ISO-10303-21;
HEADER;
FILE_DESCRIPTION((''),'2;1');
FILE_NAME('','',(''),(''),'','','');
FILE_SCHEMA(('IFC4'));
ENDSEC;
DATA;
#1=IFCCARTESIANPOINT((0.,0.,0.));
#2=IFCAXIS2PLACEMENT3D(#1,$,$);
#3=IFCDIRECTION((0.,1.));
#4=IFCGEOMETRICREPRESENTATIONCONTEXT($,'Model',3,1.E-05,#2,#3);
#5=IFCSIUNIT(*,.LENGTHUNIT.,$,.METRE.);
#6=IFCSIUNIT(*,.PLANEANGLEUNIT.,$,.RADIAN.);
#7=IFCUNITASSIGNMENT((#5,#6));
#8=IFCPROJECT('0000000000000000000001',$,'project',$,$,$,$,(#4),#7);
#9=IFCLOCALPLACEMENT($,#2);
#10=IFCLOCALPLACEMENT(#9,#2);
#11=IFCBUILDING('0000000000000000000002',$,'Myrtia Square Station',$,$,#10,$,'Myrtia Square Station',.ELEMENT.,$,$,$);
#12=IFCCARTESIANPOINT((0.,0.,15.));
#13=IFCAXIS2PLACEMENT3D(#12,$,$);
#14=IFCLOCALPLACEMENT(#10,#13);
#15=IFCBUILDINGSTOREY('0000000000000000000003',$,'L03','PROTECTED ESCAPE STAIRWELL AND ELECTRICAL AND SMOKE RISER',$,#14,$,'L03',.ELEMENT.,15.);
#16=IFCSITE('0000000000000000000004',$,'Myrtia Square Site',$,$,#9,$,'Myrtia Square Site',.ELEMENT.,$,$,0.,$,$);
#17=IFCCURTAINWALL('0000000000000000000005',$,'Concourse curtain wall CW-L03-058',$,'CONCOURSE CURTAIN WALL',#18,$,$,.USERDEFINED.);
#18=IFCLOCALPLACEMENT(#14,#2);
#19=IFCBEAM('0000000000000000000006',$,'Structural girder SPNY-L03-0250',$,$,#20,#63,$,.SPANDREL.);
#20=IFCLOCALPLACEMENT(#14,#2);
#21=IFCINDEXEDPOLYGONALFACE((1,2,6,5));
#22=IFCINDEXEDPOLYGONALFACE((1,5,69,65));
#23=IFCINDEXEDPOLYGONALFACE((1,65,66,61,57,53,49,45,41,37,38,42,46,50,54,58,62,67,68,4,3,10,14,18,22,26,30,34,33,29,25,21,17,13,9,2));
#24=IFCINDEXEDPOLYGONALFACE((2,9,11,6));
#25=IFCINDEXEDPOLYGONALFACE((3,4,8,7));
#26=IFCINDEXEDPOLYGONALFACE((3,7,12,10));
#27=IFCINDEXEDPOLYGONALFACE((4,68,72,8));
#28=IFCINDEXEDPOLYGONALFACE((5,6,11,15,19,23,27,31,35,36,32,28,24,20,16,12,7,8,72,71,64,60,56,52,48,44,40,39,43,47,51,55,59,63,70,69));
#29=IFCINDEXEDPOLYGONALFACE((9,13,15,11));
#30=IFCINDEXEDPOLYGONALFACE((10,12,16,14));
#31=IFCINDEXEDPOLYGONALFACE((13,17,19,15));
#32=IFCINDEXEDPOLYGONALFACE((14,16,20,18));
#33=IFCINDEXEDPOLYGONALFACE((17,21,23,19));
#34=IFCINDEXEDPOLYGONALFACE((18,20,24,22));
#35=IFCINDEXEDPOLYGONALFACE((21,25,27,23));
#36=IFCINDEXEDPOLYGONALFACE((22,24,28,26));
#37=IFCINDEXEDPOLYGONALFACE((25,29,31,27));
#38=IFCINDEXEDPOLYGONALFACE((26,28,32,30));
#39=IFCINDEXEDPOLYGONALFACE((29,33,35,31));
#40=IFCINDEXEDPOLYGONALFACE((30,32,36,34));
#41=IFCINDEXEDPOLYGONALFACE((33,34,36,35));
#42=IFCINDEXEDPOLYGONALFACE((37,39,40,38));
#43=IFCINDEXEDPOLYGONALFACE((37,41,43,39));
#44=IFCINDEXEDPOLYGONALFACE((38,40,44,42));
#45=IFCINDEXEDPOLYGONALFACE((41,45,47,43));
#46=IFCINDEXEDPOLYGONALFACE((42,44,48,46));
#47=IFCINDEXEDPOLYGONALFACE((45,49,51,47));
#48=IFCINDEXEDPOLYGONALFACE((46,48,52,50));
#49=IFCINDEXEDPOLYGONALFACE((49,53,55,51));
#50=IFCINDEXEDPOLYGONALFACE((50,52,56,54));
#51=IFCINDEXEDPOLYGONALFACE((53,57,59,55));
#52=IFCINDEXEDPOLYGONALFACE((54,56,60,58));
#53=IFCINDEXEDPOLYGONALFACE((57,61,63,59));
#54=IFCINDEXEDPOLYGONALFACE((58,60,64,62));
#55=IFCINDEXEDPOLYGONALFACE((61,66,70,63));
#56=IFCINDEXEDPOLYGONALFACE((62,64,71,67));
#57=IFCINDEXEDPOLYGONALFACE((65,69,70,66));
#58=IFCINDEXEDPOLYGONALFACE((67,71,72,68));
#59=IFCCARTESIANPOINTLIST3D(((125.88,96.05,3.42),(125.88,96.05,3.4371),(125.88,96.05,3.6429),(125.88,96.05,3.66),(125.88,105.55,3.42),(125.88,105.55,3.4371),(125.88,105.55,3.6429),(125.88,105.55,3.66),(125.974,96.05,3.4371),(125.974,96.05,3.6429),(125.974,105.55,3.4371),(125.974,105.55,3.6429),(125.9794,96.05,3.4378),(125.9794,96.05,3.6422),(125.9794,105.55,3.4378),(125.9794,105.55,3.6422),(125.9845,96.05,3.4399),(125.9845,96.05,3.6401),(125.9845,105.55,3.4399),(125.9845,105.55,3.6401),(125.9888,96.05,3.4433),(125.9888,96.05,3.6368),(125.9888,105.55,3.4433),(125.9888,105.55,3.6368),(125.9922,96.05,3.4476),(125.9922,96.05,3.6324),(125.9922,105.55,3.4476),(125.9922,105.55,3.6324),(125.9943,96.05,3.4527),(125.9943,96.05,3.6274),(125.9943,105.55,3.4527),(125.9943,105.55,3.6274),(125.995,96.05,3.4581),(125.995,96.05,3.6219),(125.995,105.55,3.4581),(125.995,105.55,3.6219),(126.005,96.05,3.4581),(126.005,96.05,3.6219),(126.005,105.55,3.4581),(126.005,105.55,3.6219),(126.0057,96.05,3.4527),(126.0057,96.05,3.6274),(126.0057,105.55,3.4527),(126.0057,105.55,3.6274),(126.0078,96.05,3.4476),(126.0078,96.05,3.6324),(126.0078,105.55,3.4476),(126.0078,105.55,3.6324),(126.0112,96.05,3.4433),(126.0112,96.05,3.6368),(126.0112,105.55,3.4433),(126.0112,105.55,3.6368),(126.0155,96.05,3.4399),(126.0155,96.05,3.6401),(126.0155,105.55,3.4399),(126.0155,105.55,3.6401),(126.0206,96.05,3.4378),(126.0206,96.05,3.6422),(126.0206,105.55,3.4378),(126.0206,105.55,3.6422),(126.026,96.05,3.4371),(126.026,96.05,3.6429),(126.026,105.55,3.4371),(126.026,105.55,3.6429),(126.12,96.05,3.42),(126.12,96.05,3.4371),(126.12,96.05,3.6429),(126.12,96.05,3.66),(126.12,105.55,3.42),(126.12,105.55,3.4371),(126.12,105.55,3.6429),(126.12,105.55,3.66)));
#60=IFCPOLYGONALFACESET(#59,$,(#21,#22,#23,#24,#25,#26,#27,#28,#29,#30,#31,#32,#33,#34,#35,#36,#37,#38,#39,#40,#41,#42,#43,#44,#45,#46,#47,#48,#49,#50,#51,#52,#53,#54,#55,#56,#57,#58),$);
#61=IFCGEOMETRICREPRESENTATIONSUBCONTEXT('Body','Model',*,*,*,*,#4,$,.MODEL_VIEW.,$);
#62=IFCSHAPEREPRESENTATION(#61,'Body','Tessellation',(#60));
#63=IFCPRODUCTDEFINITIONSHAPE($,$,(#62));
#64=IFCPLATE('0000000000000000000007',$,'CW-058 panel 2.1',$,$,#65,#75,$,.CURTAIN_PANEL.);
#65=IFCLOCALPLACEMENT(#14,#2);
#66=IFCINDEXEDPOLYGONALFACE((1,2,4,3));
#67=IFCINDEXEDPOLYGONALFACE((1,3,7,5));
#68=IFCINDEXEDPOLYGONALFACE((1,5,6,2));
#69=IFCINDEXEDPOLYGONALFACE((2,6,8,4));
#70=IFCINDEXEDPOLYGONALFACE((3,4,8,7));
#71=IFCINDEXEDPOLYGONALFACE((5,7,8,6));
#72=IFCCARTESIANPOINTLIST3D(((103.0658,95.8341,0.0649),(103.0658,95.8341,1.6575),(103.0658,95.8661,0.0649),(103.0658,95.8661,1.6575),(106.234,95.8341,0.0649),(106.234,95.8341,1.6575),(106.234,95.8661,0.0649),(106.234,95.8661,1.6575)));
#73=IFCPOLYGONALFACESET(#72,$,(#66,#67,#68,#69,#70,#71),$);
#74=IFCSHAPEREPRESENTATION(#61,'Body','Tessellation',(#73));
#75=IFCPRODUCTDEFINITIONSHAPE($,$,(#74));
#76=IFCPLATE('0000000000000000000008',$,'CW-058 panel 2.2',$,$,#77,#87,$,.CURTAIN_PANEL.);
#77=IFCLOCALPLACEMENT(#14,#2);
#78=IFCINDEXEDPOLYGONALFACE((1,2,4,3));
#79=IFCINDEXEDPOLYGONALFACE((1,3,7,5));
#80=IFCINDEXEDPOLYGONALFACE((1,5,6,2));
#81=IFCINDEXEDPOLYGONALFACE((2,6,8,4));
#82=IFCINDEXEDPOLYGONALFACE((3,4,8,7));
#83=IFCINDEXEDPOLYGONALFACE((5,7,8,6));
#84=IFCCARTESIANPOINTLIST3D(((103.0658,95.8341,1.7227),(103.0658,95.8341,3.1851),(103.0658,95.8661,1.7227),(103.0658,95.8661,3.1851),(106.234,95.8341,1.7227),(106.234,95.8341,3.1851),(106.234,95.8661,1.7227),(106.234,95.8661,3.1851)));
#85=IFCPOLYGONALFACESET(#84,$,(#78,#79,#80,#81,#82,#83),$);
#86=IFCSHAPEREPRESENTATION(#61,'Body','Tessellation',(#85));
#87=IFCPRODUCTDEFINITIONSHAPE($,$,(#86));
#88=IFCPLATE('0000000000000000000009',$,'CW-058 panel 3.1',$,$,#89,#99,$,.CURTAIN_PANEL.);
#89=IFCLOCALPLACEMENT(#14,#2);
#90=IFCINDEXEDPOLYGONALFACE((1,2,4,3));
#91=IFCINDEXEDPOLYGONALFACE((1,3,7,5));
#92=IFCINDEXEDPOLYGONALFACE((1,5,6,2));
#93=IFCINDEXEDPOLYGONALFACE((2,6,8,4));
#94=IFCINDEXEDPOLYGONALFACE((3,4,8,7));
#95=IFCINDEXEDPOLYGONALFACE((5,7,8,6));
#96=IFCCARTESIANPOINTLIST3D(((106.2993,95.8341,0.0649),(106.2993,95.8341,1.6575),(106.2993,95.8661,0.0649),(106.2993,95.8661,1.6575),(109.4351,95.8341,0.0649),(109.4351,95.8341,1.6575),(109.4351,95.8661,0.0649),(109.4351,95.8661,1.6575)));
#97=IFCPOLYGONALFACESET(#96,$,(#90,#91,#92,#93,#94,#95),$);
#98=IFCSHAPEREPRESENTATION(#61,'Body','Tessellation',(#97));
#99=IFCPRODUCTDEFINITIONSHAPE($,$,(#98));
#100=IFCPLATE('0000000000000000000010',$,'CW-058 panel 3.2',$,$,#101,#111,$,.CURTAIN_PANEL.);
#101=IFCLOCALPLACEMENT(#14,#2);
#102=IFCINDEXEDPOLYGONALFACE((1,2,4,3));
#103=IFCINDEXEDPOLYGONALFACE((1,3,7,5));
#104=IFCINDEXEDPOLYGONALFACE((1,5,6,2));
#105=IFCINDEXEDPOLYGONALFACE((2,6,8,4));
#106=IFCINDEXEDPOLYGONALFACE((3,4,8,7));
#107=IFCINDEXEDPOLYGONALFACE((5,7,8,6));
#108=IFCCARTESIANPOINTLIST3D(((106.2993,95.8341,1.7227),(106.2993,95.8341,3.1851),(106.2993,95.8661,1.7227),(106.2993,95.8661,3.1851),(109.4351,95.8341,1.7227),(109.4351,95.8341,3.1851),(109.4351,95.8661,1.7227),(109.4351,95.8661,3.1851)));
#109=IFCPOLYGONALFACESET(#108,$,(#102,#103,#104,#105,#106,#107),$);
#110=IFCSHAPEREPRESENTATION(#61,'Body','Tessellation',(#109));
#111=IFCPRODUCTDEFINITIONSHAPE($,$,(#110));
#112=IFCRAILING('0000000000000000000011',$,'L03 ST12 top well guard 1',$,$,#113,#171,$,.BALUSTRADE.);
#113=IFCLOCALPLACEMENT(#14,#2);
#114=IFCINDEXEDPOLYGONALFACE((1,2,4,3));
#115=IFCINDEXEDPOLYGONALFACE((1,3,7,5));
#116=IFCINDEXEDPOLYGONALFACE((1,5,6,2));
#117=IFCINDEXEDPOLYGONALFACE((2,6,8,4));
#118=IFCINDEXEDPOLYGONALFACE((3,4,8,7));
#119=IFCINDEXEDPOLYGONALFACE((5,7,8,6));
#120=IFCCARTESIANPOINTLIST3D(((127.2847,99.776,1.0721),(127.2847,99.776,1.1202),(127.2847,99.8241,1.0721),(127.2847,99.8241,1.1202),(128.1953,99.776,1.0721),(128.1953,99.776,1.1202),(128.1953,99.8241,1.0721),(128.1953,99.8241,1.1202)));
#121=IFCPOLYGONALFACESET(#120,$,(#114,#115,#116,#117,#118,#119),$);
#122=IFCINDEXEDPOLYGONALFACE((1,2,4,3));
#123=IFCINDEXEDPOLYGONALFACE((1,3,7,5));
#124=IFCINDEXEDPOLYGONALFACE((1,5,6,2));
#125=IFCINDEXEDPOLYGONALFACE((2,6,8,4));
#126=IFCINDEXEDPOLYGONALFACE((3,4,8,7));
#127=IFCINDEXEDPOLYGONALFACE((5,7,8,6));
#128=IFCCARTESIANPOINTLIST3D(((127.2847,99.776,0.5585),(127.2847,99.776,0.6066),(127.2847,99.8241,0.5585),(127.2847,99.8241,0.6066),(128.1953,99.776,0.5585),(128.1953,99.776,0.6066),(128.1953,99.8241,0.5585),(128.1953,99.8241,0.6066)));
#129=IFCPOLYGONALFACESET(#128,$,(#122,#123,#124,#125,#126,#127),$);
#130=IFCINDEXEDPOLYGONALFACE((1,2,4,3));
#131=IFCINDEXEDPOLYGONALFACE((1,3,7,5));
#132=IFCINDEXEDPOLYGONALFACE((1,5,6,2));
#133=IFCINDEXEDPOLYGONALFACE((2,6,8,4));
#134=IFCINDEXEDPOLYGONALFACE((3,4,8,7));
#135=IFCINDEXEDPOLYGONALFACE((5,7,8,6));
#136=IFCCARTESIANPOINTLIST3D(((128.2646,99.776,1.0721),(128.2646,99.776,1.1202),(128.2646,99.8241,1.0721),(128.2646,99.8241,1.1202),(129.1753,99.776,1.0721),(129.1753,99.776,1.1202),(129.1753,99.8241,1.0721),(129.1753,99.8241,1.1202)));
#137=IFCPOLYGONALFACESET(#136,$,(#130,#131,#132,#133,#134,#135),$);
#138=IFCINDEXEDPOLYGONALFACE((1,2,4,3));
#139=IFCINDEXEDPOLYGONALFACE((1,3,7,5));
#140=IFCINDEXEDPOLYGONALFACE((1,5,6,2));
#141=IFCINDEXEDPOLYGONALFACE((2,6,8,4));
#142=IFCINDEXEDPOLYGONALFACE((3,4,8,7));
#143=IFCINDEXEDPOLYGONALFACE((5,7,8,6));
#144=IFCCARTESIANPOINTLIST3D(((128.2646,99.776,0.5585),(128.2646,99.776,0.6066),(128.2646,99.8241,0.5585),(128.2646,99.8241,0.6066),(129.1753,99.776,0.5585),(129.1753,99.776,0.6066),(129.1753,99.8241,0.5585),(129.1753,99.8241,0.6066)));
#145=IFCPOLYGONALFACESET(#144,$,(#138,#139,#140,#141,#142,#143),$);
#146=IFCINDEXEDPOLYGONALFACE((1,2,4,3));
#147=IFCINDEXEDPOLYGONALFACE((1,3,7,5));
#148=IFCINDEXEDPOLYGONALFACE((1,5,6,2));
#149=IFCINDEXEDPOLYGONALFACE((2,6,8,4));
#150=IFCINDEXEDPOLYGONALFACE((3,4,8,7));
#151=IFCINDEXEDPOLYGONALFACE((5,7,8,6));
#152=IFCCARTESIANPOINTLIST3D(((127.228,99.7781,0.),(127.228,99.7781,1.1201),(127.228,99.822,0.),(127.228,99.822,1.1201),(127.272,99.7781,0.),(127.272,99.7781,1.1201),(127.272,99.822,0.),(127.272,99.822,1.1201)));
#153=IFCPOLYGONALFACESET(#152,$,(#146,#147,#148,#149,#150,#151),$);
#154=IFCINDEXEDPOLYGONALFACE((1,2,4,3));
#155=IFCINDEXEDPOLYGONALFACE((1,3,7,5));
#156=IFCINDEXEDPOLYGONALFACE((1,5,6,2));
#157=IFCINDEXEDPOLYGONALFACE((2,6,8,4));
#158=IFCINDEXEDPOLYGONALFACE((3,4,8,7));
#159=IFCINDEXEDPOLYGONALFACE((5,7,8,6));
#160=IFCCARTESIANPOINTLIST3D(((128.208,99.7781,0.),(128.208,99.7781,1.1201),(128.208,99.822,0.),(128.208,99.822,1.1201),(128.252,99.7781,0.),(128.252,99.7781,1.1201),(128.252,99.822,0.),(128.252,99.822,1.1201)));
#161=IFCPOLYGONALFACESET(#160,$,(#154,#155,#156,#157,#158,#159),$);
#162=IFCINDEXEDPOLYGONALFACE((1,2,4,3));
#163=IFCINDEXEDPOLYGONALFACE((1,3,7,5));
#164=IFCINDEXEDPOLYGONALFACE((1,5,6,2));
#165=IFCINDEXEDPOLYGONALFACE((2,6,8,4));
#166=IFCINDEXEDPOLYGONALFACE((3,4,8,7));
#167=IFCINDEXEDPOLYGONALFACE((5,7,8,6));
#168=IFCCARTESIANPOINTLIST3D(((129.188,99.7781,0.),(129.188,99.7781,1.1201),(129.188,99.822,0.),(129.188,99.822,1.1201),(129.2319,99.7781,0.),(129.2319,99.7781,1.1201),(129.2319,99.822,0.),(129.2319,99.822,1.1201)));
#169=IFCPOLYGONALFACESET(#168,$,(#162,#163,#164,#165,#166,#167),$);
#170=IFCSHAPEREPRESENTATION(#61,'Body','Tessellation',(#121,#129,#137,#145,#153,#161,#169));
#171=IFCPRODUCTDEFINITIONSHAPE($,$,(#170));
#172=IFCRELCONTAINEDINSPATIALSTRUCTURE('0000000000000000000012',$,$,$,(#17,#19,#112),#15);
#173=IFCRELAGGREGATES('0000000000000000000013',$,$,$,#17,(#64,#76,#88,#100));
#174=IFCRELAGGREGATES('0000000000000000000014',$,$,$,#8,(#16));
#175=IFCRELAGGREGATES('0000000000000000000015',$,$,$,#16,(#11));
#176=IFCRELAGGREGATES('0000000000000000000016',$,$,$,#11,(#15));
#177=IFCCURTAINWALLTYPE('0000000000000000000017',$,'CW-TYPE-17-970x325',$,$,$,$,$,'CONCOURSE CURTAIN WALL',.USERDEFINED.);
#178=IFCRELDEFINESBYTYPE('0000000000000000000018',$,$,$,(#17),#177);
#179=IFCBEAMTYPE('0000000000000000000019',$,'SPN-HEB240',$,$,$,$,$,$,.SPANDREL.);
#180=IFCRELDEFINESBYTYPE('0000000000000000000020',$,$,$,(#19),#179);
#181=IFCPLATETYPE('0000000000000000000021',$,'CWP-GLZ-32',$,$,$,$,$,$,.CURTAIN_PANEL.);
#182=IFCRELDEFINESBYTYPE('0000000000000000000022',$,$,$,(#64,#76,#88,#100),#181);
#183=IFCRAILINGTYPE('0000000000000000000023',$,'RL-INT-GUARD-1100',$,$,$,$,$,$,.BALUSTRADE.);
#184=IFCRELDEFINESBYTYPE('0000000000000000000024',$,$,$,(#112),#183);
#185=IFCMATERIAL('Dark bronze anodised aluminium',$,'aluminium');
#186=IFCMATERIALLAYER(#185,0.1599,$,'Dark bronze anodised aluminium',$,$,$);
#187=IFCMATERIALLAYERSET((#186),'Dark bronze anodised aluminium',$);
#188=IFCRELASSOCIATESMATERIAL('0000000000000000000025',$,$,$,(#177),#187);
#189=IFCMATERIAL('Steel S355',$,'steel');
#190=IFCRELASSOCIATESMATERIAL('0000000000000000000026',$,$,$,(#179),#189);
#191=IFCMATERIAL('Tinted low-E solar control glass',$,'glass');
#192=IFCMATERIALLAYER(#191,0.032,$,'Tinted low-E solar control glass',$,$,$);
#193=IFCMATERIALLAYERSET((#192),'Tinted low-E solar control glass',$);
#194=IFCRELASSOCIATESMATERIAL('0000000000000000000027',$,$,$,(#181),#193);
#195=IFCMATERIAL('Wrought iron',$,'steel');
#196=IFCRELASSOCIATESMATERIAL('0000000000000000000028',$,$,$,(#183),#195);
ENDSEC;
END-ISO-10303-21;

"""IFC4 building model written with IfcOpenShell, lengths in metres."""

from ifc_helpers import new_model, si_unit, direction, frame, origin, origin_2d, place, context, subcontext, project, spatial, rectangle, i_section, extrude, material, layer, layer_set, material_profile, profile_set, type_object, element, aggregate, save


model = new_model("IFC4")

# Units and contexts
model_context = context("Model", 3, precision=1e-05, world=origin(), true_north=direction((0.0, 1.0)))
body_context = subcontext(model_context, "Body", "Model", "MODEL_VIEW")
ifc_project = project(units=[si_unit("LENGTHUNIT", "METRE"), si_unit("PLANEANGLEUNIT", "RADIAN")], contexts=[model_context])

# Site, building, storey
site_placement = place(None, origin())
site = spatial("IfcSite", under=ifc_project, at=site_placement, Name="Myrtia Square Site", LongName="Myrtia Square Site", CompositionType="ELEMENT", RefElevation=0.0)
building_placement = place(site_placement, origin())
building = spatial("IfcBuilding", under=site, at=building_placement, Name="Myrtia Square Station", LongName="Myrtia Square Station", CompositionType="ELEMENT")
storey_placement = place(building_placement, frame((0.0, 0.0, 15.0)))
storey = spatial("IfcBuildingStorey", under=building, at=storey_placement, Name="L03", Description="PROTECTED ESCAPE STAIRWELL AND ELECTRICAL AND SMOKE RISER", LongName="L03", CompositionType="ELEMENT", Elevation=15.0)

# Shared definitions
ifc_material_1 = material(Name="Steel S355", Category="steel")

# Curtain wall
ifc_material_2 = material(Name="Dark bronze anodised aluminium", Category="aluminium")
ifc_layer_1 = layer(ifc_material_2, 0.1599, Name="Dark bronze anodised aluminium")
ifc_layer_set_1 = layer_set([ifc_layer_1], Name="Dark bronze anodised aluminium")
curtain_wall_type = type_object("IfcCurtainWallType", Name="CW-TYPE-17-970x325", ElementType="CONCOURSE CURTAIN WALL", PredefinedType="USERDEFINED", material=ifc_layer_set_1)
curtain_wall_placement = place(storey_placement, origin())
curtain_wall = element("IfcCurtainWall", 1, at=curtain_wall_placement, inside=storey, type_object=curtain_wall_type, Name="Concourse curtain wall CW-L03-058", ObjectType="CONCOURSE CURTAIN WALL", PredefinedType="USERDEFINED")

# Beam
ifc_material_profile_1 = material_profile(ifc_material_1, i_section(OverallWidth=0.24, OverallDepth=0.24, WebThickness=0.01, FlangeThickness=0.0171, FilletRadius=0.021, at=origin_2d()), Name="HEB 240")
ifc_profile_set_1 = profile_set([ifc_material_profile_1], Name="Steel S355")
beam_type_1 = type_object("IfcBeamType", Name="SPN-HEB240", PredefinedType="SPANDREL", material=ifc_profile_set_1)
beam_1_placement = place(storey_placement, frame((126.0, 96.05, 3.54), z_axis=(0.0, 1.0, 0.0), x_axis=(-1.0, 0.0, 0.0)))
element("IfcBeam", 2, at=beam_1_placement, inside=storey, type_object=beam_type_1, Name="Structural girder SPNY-L03-0250", PredefinedType="SPANDREL", context=body_context, shape_type="SweptSolid", body=[
    extrude(i_section(OverallWidth=0.24, OverallDepth=0.24, WebThickness=0.01, FlangeThickness=0.0171, FilletRadius=0.021, at=origin_2d()), origin(), (0.0, 0.0, 1.0), 9.5),
])

# Plates
ifc_material_3 = material(Name="Tinted low-E solar control glass", Category="glass")
ifc_layer_2 = layer(ifc_material_3, 0.032, Name="Tinted low-E solar control glass")
ifc_layer_set_2 = layer_set([ifc_layer_2], Name="Tinted low-E solar control glass")
plate_type = type_object("IfcPlateType", Name="CWP-GLZ-32", PredefinedType="CURTAIN_PANEL", material=ifc_layer_set_2)
plate_1_placement = place(storey_placement, frame((104.6499, 95.8501, 0.0649), z_axis=(0.0, 0.0, 1.0), x_axis=(1.0, 0.0, 0.0)))
plate_1 = element("IfcPlate", 3, at=plate_1_placement, type_object=plate_type, Name="CW-058 panel 2.1", PredefinedType="CURTAIN_PANEL", context=body_context, shape_type="SweptSolid", body=[
    extrude(rectangle(XDim=3.1682, YDim=0.032, at=origin_2d()), origin(), (0.0, 0.0, 1.0), 1.5925),
])
plate_2_placement = place(storey_placement, frame((104.6499, 95.8501, 1.7227), z_axis=(0.0, 0.0, 1.0), x_axis=(1.0, 0.0, 0.0)))
plate_2 = element("IfcPlate", 4, at=plate_2_placement, type_object=plate_type, Name="CW-058 panel 2.2", PredefinedType="CURTAIN_PANEL", context=body_context, shape_type="SweptSolid", body=[
    extrude(rectangle(XDim=3.1682, YDim=0.032, at=origin_2d()), origin(), (0.0, 0.0, 1.0), 1.4624),
])
plate_3_placement = place(storey_placement, frame((107.8672, 95.8501, 0.0649), z_axis=(0.0, 0.0, 1.0), x_axis=(1.0, 0.0, 0.0)))
plate_3 = element("IfcPlate", 5, at=plate_3_placement, type_object=plate_type, Name="CW-058 panel 3.1", PredefinedType="CURTAIN_PANEL", context=body_context, shape_type="SweptSolid", body=[
    extrude(rectangle(XDim=3.1357, YDim=0.032, at=origin_2d()), origin(), (0.0, 0.0, 1.0), 1.5925),
])
plate_4_placement = place(storey_placement, frame((107.8672, 95.8501, 1.7227), z_axis=(0.0, 0.0, 1.0), x_axis=(1.0, 0.0, 0.0)))
plate_4 = element("IfcPlate", 6, at=plate_4_placement, type_object=plate_type, Name="CW-058 panel 3.2", PredefinedType="CURTAIN_PANEL", context=body_context, shape_type="SweptSolid", body=[
    extrude(rectangle(XDim=3.1357, YDim=0.032, at=origin_2d()), origin(), (0.0, 0.0, 1.0), 1.4624),
])
aggregate(curtain_wall, [plate_1, plate_2, plate_3, plate_4])

# Railing
ifc_material_4 = material(Name="Wrought iron", Category="steel")
railing_type = type_object("IfcRailingType", Name="RL-INT-GUARD-1100", PredefinedType="BALUSTRADE", material=ifc_material_4)
railing_placement = place(storey_placement, frame((127.25, 99.8, 0.0)))
element("IfcRailing", 7, at=railing_placement, inside=storey, type_object=railing_type, Name="L03 ST12 top well guard 1", PredefinedType="BALUSTRADE", context=body_context, shape_type="SweptSolid", body=[
    extrude(rectangle(XDim=0.0481, YDim=0.0481, at=origin_2d()), frame((0.0347, 0.0, 1.0962), z_axis=(1.0, 0.0, 0.0), x_axis=(0.0, 1.0, 0.0)), (0.0, 0.0, 1.0), 0.9106),
    extrude(rectangle(XDim=0.0481, YDim=0.0481, at=origin_2d()), frame((0.0347, 0.0, 0.5825), z_axis=(1.0, 0.0, 0.0), x_axis=(0.0, 1.0, 0.0)), (0.0, 0.0, 1.0), 0.9106),
    extrude(rectangle(XDim=0.0481, YDim=0.0481, at=origin_2d()), frame((1.0146, 0.0, 1.0962), z_axis=(1.0, 0.0, 0.0), x_axis=(0.0, 1.0, 0.0)), (0.0, 0.0, 1.0), 0.9106),
    extrude(rectangle(XDim=0.0481, YDim=0.0481, at=origin_2d()), frame((1.0146, 0.0, 0.5825), z_axis=(1.0, 0.0, 0.0), x_axis=(0.0, 1.0, 0.0)), (0.0, 0.0, 1.0), 0.9106),
    extrude(rectangle(XDim=0.0439, YDim=0.0439, at=origin_2d()), origin(), (0.0, 0.0, 1.0), 1.1201),
    extrude(rectangle(XDim=0.0439, YDim=0.0439, at=origin_2d()), frame((0.98, 0.0, 0.0)), (0.0, 0.0, 1.0), 1.1201),
    extrude(rectangle(XDim=0.0439, YDim=0.0439, at=origin_2d()), frame((1.96, 0.0, 0.0)), (0.0, 0.0, 1.0), 1.1201),
])

save(model, "model.ifc")
